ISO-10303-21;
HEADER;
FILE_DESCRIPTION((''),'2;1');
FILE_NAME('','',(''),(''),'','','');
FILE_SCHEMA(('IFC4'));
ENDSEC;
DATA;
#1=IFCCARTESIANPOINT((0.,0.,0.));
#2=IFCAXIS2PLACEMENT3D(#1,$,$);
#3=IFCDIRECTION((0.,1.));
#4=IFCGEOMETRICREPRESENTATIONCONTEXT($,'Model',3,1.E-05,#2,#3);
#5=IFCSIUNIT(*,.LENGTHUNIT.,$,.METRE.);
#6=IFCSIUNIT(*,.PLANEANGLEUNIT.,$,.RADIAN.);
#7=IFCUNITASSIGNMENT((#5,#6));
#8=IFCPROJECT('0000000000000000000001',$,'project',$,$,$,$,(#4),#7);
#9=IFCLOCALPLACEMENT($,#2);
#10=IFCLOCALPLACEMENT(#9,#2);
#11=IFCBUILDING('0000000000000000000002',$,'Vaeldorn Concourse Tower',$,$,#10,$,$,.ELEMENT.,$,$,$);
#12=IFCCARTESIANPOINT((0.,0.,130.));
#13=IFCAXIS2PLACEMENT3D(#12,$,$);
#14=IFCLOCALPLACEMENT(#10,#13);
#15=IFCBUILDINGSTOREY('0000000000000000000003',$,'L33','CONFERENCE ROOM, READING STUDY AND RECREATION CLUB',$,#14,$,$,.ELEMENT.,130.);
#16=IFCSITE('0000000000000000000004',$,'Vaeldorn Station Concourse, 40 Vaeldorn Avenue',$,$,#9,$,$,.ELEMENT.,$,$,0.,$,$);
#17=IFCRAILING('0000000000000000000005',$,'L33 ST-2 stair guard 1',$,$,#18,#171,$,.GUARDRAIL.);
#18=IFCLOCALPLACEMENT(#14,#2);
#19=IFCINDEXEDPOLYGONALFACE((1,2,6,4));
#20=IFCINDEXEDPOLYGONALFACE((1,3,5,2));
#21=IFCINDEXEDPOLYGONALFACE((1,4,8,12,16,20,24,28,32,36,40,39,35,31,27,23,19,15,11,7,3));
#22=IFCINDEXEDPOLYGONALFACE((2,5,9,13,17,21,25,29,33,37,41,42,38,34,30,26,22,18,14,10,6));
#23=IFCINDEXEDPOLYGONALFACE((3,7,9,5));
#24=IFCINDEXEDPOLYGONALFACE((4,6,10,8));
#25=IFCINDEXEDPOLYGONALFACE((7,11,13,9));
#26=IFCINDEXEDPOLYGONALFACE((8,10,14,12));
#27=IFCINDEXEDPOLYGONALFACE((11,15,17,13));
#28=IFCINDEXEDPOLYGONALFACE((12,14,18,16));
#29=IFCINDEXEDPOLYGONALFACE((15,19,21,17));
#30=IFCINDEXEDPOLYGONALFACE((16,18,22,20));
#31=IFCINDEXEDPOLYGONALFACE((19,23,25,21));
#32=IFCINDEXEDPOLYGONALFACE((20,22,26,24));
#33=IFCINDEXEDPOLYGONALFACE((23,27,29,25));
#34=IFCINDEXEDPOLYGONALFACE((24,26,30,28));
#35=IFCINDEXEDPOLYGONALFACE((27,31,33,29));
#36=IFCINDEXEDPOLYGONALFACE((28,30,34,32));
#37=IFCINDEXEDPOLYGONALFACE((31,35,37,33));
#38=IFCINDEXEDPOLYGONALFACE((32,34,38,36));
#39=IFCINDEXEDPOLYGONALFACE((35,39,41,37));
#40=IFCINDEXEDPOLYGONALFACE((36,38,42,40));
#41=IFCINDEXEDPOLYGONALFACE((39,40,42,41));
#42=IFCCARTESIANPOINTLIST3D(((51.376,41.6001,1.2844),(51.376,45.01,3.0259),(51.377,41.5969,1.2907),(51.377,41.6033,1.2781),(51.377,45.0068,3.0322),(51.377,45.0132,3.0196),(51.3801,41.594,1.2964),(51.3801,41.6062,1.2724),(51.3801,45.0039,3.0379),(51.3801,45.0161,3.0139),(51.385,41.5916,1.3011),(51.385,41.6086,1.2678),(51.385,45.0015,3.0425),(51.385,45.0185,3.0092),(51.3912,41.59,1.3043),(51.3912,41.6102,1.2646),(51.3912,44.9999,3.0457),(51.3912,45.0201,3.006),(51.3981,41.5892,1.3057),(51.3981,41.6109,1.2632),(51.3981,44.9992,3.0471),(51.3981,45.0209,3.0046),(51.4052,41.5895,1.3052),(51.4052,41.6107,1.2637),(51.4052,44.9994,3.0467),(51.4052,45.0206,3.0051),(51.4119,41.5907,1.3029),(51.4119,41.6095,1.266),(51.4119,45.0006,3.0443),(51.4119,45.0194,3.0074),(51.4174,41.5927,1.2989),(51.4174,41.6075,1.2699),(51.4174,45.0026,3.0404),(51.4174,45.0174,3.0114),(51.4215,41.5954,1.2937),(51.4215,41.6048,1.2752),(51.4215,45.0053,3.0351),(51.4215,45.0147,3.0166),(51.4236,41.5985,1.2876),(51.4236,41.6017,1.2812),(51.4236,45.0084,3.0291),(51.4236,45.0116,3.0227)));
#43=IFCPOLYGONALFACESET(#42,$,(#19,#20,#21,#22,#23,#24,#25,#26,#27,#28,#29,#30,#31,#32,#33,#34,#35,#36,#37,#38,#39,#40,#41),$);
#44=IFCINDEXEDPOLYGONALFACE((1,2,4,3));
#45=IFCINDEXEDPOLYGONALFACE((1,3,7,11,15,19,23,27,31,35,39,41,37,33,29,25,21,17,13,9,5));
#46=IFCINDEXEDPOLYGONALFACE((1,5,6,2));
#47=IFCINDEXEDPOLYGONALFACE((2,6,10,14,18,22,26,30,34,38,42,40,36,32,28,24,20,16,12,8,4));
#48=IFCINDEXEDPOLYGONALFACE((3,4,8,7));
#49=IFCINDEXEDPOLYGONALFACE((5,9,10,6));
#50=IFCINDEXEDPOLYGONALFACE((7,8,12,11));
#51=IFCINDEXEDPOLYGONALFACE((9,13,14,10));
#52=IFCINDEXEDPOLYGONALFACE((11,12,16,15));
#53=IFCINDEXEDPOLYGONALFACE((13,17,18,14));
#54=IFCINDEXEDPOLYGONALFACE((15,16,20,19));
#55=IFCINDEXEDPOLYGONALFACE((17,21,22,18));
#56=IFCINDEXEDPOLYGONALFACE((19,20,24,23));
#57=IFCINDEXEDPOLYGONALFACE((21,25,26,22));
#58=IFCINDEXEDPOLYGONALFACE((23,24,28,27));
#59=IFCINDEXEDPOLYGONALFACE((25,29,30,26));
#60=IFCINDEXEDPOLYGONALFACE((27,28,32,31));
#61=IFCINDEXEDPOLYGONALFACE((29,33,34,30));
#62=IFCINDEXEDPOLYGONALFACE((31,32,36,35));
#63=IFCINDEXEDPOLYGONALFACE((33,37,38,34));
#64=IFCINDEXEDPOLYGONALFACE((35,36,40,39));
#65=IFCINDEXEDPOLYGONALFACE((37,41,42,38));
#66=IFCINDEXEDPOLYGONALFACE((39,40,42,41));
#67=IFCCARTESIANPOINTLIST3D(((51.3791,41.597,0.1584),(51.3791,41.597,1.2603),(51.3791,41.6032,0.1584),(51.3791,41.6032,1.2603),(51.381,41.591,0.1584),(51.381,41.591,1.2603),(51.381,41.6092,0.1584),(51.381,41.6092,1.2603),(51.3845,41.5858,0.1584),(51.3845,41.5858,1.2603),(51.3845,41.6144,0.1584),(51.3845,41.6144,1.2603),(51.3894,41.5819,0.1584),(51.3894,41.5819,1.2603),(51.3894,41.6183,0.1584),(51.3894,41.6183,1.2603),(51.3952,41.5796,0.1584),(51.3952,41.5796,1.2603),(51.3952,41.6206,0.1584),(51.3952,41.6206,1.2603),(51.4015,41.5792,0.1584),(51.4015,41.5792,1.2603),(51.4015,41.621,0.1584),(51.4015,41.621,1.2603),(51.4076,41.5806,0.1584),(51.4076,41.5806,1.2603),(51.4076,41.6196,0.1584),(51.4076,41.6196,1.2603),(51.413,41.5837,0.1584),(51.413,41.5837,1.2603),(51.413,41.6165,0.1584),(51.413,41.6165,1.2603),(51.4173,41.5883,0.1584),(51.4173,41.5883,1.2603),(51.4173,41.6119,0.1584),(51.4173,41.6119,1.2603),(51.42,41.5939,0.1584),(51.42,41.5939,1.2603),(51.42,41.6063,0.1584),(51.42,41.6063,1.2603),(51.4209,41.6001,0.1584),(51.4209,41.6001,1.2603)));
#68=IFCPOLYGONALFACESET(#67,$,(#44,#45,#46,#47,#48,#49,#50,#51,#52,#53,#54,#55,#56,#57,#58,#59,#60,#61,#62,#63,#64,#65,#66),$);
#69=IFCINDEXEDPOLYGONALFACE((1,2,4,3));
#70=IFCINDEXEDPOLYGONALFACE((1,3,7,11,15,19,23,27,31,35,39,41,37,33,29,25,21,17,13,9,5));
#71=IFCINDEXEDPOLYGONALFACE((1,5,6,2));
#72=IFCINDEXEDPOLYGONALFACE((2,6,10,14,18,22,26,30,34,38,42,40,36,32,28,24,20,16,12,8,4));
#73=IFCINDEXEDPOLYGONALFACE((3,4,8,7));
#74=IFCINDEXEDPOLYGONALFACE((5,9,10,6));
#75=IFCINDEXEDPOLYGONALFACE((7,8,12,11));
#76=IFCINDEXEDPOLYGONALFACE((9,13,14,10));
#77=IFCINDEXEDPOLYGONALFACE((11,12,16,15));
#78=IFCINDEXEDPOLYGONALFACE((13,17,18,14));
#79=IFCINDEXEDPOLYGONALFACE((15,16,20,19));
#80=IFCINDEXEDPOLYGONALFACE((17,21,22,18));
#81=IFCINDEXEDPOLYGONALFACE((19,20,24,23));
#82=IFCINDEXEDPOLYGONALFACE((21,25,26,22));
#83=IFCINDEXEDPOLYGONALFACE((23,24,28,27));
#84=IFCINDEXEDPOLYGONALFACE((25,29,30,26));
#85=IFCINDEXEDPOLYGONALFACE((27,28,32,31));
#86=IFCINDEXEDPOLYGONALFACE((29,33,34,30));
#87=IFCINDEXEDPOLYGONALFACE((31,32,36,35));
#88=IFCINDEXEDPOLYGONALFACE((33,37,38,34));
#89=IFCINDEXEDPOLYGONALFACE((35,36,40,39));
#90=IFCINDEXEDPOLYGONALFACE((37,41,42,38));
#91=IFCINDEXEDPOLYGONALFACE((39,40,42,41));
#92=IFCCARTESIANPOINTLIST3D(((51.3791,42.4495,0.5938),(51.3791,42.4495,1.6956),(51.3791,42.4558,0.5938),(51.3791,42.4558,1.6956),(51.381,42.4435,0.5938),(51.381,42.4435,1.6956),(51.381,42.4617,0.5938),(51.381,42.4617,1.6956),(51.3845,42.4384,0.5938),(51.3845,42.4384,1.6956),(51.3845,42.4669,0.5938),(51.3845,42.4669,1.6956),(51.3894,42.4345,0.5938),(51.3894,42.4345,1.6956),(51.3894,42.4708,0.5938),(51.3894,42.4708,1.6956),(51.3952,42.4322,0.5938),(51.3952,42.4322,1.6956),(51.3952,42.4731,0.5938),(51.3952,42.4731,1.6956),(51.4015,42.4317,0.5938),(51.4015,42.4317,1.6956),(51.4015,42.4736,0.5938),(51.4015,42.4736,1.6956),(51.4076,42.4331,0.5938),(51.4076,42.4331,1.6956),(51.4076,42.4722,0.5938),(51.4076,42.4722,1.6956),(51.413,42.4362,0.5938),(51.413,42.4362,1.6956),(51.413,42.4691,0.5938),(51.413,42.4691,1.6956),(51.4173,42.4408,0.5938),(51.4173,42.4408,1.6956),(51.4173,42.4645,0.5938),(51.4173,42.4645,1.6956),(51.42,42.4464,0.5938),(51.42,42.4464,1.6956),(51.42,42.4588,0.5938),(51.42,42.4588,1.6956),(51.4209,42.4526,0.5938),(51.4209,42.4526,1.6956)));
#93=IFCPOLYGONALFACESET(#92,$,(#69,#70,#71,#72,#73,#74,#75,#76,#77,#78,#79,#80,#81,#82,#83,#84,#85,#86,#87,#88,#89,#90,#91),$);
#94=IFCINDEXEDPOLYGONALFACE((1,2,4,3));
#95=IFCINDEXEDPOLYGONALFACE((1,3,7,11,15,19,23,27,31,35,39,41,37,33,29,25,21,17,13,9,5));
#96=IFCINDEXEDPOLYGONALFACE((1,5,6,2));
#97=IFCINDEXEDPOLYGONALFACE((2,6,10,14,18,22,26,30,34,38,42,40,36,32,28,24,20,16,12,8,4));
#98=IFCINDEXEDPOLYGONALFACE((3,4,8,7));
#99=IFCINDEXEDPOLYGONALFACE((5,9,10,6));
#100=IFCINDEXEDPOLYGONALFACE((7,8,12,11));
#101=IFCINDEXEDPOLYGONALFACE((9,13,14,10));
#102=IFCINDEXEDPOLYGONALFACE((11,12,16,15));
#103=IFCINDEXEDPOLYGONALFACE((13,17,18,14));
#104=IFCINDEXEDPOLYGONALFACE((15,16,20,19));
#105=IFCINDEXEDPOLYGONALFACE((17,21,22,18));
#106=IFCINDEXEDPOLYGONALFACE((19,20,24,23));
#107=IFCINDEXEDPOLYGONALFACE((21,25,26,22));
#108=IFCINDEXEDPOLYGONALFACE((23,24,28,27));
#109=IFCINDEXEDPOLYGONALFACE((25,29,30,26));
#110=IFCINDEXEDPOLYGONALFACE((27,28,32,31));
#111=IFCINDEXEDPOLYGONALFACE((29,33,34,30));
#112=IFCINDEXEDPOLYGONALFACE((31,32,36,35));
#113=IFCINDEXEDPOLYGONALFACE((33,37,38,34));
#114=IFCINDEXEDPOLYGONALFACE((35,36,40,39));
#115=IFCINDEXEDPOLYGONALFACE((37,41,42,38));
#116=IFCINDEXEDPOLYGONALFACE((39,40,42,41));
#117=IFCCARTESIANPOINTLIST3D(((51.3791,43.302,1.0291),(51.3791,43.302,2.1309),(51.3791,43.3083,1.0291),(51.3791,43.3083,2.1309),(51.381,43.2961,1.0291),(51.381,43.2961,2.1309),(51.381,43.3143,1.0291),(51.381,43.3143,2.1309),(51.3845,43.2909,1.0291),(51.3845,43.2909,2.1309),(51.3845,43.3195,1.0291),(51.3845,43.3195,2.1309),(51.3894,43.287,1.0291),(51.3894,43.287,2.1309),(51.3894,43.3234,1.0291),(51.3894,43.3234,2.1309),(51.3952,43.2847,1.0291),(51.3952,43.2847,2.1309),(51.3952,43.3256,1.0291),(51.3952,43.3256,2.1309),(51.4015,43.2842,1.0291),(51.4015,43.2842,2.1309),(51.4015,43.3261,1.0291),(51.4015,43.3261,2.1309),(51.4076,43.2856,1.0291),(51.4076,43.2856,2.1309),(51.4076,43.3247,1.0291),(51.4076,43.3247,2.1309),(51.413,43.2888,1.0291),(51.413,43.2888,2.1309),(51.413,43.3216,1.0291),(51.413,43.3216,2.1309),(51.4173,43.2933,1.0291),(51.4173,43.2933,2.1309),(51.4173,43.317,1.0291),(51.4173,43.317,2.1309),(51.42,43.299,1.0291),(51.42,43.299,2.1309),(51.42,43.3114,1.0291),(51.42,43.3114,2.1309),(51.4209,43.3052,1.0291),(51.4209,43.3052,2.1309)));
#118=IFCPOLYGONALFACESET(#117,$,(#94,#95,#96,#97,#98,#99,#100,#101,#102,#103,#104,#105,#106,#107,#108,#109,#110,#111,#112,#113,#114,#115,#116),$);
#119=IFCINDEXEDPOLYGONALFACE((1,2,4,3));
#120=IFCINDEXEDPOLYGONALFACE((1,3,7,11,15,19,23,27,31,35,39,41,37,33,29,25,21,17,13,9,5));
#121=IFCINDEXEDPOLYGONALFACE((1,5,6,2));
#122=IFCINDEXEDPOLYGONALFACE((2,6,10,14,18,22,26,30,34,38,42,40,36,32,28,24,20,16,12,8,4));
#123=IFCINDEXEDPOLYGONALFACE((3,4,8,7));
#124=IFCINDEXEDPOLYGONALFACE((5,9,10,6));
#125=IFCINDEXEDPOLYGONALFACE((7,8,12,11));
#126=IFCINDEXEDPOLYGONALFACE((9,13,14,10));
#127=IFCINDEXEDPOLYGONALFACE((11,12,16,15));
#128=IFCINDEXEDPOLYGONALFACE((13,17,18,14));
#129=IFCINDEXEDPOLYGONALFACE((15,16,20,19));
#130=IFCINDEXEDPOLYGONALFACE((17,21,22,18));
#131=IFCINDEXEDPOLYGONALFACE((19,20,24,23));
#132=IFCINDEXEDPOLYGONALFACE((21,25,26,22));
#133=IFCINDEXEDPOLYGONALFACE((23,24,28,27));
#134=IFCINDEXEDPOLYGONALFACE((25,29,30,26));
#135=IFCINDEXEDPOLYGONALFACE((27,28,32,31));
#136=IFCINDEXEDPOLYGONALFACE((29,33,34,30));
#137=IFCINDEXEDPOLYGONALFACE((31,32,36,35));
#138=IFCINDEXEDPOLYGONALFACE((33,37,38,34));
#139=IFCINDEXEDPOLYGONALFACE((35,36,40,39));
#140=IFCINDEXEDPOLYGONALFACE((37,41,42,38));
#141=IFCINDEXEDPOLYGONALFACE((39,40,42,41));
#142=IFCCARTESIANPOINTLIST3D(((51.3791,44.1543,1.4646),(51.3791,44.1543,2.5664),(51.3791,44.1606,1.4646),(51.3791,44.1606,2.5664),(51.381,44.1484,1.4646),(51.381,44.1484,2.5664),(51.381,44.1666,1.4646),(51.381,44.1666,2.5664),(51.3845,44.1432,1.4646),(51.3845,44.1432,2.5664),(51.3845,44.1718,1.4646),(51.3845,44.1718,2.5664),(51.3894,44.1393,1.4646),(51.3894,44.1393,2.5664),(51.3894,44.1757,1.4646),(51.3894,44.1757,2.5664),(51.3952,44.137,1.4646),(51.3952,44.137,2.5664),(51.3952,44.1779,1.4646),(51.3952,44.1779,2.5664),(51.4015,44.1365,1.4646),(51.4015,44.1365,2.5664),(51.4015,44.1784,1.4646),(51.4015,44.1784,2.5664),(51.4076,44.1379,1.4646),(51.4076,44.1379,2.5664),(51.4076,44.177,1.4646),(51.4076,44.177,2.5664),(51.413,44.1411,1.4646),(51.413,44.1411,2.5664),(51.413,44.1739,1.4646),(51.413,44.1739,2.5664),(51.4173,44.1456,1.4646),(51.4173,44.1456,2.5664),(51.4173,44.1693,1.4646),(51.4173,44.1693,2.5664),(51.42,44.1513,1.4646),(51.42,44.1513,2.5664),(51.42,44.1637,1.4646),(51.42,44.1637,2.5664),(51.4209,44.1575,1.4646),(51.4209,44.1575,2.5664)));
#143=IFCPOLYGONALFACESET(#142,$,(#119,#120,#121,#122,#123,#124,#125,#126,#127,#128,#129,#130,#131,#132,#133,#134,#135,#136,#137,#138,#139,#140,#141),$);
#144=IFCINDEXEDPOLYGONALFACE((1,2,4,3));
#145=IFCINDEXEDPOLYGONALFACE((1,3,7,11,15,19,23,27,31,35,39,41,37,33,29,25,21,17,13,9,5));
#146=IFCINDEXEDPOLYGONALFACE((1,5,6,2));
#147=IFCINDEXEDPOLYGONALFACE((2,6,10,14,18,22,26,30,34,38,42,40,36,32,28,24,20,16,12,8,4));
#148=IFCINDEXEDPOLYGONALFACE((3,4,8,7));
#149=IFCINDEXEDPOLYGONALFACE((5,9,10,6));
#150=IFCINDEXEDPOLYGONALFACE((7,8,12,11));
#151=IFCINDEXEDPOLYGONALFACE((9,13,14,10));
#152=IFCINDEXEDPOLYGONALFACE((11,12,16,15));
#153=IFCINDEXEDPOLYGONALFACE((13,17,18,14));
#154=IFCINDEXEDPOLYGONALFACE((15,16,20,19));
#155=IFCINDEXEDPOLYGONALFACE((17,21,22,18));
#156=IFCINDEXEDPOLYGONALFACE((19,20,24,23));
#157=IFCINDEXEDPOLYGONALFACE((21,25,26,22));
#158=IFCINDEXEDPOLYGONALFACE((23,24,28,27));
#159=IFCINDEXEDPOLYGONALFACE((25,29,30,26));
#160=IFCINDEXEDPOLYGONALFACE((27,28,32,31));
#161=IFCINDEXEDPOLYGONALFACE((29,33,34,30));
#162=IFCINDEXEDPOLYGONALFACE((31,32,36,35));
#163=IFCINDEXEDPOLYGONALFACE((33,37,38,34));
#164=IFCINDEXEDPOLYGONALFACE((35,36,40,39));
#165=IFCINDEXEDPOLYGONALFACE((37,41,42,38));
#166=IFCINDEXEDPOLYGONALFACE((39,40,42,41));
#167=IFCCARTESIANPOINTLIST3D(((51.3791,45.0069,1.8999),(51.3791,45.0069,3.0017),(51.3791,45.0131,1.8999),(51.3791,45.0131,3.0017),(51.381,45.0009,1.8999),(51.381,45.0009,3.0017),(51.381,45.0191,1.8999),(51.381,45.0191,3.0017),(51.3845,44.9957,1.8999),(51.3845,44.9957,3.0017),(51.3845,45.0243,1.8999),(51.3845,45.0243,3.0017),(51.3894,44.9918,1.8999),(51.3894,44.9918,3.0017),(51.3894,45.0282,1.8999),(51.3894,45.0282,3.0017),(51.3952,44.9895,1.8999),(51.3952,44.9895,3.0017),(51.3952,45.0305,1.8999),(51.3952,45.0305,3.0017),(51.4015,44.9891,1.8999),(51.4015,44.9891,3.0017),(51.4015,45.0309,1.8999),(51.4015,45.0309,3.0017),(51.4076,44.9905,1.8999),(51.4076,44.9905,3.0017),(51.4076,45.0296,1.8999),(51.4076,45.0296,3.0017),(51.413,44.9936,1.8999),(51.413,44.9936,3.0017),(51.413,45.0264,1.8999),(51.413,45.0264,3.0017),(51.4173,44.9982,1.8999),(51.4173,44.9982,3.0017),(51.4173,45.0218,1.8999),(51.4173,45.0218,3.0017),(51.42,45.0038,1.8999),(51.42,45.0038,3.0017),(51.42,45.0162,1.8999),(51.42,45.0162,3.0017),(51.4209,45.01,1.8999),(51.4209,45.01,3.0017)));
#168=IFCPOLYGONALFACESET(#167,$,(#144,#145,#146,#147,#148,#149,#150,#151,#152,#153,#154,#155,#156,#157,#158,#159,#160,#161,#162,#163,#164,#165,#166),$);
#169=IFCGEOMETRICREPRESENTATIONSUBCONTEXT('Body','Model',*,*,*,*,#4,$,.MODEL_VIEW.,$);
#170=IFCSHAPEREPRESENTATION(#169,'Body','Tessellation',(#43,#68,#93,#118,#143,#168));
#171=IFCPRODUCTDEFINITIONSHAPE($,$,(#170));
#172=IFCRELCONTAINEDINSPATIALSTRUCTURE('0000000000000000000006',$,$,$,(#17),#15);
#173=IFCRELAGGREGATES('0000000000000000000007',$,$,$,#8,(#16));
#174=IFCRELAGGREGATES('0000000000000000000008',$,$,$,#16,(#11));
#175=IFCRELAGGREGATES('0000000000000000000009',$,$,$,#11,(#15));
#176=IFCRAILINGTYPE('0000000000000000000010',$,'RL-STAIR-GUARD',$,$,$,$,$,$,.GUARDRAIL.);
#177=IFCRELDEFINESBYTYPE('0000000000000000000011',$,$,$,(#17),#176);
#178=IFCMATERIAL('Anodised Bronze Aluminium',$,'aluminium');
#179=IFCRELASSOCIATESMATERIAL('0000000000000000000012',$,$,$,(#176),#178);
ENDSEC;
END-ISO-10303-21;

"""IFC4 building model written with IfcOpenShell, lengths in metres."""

from ifc_helpers import new_model, si_unit, direction, frame, origin, origin_2d, place, context, subcontext, project, spatial, circle, extrude, material, type_object, element, save


model = new_model("IFC4")

# Units and contexts
model_context = context("Model", 3, precision=1e-05, world=origin(), true_north=direction((0.0, 1.0)))
body_context = subcontext(model_context, "Body", "Model", "MODEL_VIEW")
ifc_project = project(units=[si_unit("LENGTHUNIT", "METRE"), si_unit("PLANEANGLEUNIT", "RADIAN")], contexts=[model_context])

# Site, building, storey
site_placement = place(None, origin())
site = spatial("IfcSite", under=ifc_project, at=site_placement, Name="Vaeldorn Station Concourse, 40 Vaeldorn Avenue", CompositionType="ELEMENT", RefElevation=0.0)
building_placement = place(site_placement, origin())
building = spatial("IfcBuilding", under=site, at=building_placement, Name="Vaeldorn Concourse Tower", CompositionType="ELEMENT")
storey_placement = place(building_placement, frame((0.0, 0.0, 130.0)))
storey = spatial("IfcBuildingStorey", under=building, at=storey_placement, Name="L33", Description="CONFERENCE ROOM, READING STUDY AND RECREATION CLUB", CompositionType="ELEMENT", Elevation=130.0)

# Shared definitions
ifc_material_1 = material(Name="Anodised Bronze Aluminium", Category="aluminium")

# Railing
railing_type_1 = type_object("IfcRailingType", Name="RL-STAIR-GUARD", PredefinedType="GUARDRAIL", material=ifc_material_1)
railing_1_placement = place(storey_placement, frame((51.3999, 41.6001, 0.1584)))
element("IfcRailing", 1, at=railing_1_placement, inside=storey, type_object=railing_type_1, Name="L33 ST-2 stair guard 1", PredefinedType="GUARDRAIL", context=body_context, shape_type="SweptSolid", body=[
    extrude(circle(Radius=0.0239, at=origin_2d()), frame((0.0, 0.0, 1.126), z_axis=(0.0, 0.890582, 0.454823), x_axis=(-1.0, 0.0, 0.0)), (0.0, 0.0, 1.0), 3.8289),
    extrude(circle(Radius=0.021, at=origin_2d()), origin(), (0.0, 0.0, 1.0), 1.1018),
    extrude(circle(Radius=0.021, at=origin_2d()), frame((0.0, 0.8525, 0.4353)), (0.0, 0.0, 1.0), 1.1018),
    extrude(circle(Radius=0.021, at=origin_2d()), frame((0.0, 1.7051, 0.8706)), (0.0, 0.0, 1.0), 1.1018),
    extrude(circle(Radius=0.021, at=origin_2d()), frame((0.0, 2.5574, 1.3062)), (0.0, 0.0, 1.0), 1.1018),
    extrude(circle(Radius=0.021, at=origin_2d()), frame((0.0, 3.4099, 1.7415)), (0.0, 0.0, 1.0), 1.1018),
])

save(model, "model.ifc")
